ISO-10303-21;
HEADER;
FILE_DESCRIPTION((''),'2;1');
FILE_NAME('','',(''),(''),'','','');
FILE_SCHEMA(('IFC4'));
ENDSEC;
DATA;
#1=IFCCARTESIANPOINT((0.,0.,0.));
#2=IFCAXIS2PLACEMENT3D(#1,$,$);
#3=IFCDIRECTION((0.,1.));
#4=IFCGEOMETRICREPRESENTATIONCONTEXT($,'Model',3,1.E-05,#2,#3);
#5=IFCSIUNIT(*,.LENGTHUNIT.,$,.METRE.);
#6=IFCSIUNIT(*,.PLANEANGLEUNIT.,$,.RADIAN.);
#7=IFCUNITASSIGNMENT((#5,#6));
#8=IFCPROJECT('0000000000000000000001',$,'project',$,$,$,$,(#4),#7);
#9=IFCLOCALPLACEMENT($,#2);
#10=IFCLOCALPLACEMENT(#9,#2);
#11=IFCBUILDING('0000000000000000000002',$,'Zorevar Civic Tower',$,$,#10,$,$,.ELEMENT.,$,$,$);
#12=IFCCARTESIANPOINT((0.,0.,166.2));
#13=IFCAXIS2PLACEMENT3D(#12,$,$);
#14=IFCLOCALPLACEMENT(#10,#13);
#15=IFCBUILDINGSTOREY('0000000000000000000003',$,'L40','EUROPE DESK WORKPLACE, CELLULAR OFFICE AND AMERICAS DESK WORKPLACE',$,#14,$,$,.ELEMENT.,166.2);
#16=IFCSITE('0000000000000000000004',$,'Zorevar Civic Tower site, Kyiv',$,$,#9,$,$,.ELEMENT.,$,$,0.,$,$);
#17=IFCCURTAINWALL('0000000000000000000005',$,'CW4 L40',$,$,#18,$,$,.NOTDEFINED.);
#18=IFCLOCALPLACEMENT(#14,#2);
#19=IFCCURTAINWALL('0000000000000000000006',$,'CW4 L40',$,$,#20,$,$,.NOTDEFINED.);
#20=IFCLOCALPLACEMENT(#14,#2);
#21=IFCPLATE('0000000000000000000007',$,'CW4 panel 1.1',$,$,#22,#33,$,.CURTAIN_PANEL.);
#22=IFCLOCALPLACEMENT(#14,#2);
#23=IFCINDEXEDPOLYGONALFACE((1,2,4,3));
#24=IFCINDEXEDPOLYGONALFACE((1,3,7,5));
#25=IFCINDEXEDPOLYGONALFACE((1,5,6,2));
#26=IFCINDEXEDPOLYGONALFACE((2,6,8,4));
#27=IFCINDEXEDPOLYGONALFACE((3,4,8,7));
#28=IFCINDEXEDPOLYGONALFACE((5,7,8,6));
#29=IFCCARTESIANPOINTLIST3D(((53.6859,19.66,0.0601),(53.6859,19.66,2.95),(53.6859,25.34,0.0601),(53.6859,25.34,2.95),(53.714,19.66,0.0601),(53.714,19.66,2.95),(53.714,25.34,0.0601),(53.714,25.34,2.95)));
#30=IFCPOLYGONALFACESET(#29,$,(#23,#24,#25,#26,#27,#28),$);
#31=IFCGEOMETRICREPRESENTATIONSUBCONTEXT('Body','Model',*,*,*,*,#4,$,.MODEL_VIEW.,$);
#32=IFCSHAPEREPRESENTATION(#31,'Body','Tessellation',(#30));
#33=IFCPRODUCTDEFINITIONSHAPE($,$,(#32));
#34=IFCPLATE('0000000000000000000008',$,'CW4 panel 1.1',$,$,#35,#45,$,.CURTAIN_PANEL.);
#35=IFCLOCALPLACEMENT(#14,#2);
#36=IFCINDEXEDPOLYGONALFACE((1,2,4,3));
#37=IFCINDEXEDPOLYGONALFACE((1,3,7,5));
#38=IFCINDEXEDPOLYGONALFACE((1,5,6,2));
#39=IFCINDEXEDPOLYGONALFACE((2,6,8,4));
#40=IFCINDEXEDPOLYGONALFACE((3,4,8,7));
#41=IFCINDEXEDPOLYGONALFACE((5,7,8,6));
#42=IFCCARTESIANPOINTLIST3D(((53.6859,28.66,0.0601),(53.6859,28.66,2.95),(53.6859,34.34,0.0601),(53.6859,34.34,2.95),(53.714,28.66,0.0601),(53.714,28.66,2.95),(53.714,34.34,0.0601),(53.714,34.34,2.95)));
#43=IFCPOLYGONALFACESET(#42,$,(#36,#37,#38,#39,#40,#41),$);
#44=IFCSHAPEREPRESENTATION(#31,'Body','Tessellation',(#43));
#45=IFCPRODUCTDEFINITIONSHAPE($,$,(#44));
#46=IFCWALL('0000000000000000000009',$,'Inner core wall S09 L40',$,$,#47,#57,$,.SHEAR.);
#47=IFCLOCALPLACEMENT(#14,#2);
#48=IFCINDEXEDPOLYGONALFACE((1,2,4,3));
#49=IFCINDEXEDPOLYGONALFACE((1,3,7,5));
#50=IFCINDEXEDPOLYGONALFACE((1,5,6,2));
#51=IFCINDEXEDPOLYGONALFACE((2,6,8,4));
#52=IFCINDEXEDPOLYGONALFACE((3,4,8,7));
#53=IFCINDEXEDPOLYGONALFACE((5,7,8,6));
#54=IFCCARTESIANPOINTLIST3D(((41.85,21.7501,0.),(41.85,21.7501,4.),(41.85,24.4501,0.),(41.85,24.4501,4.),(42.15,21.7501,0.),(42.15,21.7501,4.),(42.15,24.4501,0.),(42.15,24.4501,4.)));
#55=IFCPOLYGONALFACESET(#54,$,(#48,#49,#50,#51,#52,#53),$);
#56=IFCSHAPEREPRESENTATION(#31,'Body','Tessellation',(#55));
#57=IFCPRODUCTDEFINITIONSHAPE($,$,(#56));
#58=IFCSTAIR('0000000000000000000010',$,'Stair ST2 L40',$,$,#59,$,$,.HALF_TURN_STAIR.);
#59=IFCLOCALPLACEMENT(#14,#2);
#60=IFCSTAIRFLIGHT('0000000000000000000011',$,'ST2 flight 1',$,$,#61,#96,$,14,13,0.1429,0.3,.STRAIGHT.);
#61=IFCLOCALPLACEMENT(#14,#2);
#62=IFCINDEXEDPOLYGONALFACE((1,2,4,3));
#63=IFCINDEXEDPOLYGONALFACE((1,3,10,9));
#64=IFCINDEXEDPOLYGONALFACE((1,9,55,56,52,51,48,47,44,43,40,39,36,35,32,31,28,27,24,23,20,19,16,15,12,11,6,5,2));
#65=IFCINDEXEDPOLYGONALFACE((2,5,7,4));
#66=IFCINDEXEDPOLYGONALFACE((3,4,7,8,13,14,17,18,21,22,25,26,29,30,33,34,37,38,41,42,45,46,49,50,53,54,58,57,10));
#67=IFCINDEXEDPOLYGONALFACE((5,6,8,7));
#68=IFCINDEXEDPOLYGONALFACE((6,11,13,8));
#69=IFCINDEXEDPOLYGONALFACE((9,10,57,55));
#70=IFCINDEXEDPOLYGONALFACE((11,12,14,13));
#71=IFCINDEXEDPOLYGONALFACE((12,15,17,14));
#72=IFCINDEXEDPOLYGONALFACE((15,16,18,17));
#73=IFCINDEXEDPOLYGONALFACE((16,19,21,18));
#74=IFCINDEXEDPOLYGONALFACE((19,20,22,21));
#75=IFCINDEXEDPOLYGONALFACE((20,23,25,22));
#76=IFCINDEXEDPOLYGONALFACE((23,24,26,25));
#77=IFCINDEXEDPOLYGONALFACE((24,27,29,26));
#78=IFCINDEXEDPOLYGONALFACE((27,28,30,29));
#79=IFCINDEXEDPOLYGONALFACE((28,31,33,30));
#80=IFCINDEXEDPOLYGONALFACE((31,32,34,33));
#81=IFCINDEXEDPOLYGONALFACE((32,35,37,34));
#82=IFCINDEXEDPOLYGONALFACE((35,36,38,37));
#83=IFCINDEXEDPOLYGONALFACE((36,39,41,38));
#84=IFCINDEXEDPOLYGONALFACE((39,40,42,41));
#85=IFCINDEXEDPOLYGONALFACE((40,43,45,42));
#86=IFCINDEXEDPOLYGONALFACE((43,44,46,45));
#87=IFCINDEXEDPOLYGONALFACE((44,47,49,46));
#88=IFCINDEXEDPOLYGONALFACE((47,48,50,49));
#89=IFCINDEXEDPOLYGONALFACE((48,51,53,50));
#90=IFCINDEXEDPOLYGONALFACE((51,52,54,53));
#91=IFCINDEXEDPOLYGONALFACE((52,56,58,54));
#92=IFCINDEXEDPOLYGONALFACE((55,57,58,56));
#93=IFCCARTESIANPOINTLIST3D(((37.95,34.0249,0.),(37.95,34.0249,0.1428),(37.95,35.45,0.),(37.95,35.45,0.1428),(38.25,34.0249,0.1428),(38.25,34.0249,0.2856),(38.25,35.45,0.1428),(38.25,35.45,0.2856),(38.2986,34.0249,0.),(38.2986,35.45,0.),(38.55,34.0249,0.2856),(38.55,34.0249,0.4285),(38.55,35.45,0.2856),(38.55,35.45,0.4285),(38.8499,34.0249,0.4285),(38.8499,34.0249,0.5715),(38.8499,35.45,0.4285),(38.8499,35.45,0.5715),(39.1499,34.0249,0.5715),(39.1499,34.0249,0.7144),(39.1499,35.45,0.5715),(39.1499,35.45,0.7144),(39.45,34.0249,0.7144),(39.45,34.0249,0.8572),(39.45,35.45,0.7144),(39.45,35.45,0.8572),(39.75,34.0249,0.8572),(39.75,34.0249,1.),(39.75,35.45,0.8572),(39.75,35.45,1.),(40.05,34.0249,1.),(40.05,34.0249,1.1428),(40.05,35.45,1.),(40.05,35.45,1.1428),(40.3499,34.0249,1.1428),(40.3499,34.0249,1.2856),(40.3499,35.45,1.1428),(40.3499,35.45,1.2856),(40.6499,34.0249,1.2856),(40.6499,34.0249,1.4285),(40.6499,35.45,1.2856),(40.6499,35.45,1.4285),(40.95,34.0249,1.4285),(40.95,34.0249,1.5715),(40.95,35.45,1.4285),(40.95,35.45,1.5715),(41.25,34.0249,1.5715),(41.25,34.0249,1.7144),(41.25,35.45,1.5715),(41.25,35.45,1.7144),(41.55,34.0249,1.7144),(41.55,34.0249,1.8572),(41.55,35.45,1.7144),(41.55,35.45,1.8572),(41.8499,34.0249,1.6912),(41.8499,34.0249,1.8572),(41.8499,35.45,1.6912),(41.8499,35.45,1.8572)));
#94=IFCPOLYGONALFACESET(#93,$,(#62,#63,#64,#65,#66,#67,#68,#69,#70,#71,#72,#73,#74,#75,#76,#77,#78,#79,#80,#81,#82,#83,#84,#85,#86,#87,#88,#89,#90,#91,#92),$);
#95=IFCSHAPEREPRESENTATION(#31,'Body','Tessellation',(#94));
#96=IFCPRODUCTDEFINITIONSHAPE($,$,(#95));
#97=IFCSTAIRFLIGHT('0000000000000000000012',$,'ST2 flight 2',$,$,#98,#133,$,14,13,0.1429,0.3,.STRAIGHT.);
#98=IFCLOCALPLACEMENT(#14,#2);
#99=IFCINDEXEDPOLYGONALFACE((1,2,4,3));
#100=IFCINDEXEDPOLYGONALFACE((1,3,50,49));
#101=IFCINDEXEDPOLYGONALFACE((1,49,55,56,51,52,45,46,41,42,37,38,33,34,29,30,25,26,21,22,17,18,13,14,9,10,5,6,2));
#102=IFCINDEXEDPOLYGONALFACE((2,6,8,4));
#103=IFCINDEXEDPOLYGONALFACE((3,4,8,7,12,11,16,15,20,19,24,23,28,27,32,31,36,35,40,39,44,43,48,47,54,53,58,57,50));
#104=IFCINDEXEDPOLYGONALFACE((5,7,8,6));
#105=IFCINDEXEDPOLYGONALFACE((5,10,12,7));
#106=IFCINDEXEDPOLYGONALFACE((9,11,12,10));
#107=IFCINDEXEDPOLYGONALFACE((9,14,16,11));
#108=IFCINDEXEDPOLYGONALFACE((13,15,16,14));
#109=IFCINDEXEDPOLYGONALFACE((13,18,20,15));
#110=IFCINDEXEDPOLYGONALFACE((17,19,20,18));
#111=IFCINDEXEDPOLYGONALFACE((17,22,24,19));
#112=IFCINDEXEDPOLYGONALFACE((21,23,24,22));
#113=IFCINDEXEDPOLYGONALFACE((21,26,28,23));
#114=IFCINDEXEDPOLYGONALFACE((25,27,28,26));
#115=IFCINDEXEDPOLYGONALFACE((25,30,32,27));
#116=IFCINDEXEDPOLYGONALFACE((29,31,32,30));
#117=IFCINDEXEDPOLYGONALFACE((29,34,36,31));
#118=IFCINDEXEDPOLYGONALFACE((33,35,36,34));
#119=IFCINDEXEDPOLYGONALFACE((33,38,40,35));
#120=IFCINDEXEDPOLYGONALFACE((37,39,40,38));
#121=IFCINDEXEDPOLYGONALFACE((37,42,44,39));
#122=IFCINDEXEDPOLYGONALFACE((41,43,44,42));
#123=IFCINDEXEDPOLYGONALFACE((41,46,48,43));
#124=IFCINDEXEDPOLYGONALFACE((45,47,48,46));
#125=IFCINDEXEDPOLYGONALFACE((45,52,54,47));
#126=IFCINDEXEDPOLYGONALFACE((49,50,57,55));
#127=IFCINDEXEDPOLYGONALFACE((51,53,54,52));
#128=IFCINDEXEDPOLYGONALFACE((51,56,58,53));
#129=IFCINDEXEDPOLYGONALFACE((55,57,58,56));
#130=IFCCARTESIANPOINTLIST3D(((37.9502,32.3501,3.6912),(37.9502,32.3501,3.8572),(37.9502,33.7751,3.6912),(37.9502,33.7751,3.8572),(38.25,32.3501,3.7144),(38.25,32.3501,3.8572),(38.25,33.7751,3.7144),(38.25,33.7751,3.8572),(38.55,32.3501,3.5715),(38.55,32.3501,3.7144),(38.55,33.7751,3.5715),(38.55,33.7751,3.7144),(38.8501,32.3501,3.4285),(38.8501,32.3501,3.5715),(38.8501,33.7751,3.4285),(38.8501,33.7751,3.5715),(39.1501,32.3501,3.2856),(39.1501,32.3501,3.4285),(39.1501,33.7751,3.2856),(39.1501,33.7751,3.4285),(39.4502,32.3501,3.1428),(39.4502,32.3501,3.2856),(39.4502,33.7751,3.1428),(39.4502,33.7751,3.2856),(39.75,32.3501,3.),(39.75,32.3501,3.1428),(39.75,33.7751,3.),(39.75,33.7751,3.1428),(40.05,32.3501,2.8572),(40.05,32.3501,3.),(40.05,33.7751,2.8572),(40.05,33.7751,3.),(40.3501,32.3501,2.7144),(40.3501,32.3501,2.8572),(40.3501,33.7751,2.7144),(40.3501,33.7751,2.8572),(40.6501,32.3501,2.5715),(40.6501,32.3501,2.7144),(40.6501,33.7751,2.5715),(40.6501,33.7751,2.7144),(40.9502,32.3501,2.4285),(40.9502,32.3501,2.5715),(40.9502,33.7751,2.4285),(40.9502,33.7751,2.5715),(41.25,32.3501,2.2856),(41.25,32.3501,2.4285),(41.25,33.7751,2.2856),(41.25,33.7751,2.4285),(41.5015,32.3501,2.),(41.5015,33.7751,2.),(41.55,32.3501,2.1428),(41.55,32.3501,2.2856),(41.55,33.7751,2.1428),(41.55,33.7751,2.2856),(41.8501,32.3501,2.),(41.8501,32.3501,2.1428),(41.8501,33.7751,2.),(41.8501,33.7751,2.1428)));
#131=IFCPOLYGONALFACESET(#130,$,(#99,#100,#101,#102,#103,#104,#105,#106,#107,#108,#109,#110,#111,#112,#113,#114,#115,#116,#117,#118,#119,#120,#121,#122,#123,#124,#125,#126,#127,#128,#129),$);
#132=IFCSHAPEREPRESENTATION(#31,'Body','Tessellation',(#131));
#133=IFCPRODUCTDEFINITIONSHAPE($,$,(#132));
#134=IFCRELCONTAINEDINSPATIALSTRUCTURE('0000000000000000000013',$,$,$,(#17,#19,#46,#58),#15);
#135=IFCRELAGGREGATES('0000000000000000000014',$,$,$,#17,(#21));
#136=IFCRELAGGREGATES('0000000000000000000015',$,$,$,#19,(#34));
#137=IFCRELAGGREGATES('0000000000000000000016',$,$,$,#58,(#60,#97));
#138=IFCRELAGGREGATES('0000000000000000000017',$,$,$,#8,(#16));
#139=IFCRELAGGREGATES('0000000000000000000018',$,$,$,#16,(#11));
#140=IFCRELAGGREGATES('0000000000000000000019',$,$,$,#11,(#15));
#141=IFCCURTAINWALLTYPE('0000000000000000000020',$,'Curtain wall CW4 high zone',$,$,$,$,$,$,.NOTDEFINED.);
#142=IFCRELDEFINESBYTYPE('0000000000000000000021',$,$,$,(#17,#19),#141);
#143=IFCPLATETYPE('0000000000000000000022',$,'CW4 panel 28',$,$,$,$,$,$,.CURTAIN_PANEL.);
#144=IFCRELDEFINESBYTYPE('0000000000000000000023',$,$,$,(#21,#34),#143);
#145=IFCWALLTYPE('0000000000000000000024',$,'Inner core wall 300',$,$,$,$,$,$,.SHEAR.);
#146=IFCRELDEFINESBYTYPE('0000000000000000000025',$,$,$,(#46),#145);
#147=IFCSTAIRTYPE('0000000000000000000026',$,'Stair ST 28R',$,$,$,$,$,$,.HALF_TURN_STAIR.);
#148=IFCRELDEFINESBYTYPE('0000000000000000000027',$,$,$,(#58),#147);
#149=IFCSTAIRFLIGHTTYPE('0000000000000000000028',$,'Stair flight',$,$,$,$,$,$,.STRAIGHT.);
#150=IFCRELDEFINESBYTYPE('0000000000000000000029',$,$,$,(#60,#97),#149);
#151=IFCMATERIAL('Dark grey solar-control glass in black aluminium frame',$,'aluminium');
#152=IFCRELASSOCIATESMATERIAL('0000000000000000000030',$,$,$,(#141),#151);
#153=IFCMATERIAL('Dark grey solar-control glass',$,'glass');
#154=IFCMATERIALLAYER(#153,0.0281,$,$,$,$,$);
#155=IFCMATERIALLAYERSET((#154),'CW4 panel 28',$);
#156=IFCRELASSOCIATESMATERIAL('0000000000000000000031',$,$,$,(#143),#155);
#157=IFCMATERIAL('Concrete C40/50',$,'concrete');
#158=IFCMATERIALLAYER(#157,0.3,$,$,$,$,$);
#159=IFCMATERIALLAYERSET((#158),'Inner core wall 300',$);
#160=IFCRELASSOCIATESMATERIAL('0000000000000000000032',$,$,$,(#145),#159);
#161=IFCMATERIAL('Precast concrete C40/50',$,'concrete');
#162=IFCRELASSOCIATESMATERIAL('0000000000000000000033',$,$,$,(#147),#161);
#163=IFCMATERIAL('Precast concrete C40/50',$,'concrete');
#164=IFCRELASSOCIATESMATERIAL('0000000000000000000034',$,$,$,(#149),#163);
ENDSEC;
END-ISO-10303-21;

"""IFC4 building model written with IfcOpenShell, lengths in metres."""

from ifc_helpers import new_model, si_unit, direction, frame, frame_2d, origin, origin_2d, place, context, subcontext, project, spatial, polyline, rectangle, outline, extrude, material, layer, layer_set, type_object, element, aggregate, save


model = new_model("IFC4")

# Units and contexts
model_context = context("Model", 3, precision=1e-05, world=origin(), true_north=direction((0.0, 1.0)))
body_context = subcontext(model_context, "Body", "Model", "MODEL_VIEW")
ifc_project = project(units=[si_unit("LENGTHUNIT", "METRE"), si_unit("PLANEANGLEUNIT", "RADIAN")], contexts=[model_context])

# Site, building, storey
site_placement = place(None, origin())
site = spatial("IfcSite", under=ifc_project, at=site_placement, Name="Zorevar Civic Tower site, Kyiv", CompositionType="ELEMENT", RefElevation=0.0)
building_placement = place(site_placement, origin())
building = spatial("IfcBuilding", under=site, at=building_placement, Name="Zorevar Civic Tower", CompositionType="ELEMENT")
storey_placement = place(building_placement, frame((0.0, 0.0, 166.2)))
storey = spatial("IfcBuildingStorey", under=building, at=storey_placement, Name="L40", Description="EUROPE DESK WORKPLACE, CELLULAR OFFICE AND AMERICAS DESK WORKPLACE", CompositionType="ELEMENT", Elevation=166.2)

# Curtain wall
ifc_material_1 = material(Name="Dark grey solar-control glass in black aluminium frame", Category="aluminium")
curtain_wall_type = type_object("IfcCurtainWallType", Name="Curtain wall CW4 high zone", PredefinedType="NOTDEFINED", material=ifc_material_1)
curtain_wall_1_placement = place(storey_placement, origin())
curtain_wall_1 = element("IfcCurtainWall", 1, at=curtain_wall_1_placement, inside=storey, type_object=curtain_wall_type, Name="CW4 L40", PredefinedType="NOTDEFINED")

# Curtain wall
curtain_wall_2_placement = place(storey_placement, origin())
curtain_wall_2 = element("IfcCurtainWall", 2, at=curtain_wall_2_placement, inside=storey, type_object=curtain_wall_type, Name="CW4 L40", PredefinedType="NOTDEFINED")

# Plates
ifc_material_2 = material(Name="Dark grey solar-control glass", Category="glass")
ifc_layer_1 = layer(ifc_material_2, 0.0281)
ifc_layer_set_1 = layer_set([ifc_layer_1], Name="CW4 panel 28")
plate_type = type_object("IfcPlateType", Name="CW4 panel 28", PredefinedType="CURTAIN_PANEL", material=ifc_layer_set_1)
plate_1_placement = place(storey_placement, frame((53.7, 22.5, 0.0601), z_axis=(0.0, 0.0, 1.0), x_axis=(0.0, 1.0, 0.0)))
plate_1 = element("IfcPlate", 3, at=plate_1_placement, type_object=plate_type, Name="CW4 panel 1.1", PredefinedType="CURTAIN_PANEL", context=body_context, shape_type="SweptSolid", body=[
    extrude(rectangle(XDim=5.6799, YDim=0.0281, at=origin_2d()), origin(), (0.0, 0.0, 1.0), 2.8899),
])
aggregate(curtain_wall_1, [plate_1])
plate_2_placement = place(storey_placement, frame((53.7, 31.5, 0.0601), z_axis=(0.0, 0.0, 1.0), x_axis=(0.0, 1.0, 0.0)))
plate_2 = element("IfcPlate", 4, at=plate_2_placement, type_object=plate_type, Name="CW4 panel 1.1", PredefinedType="CURTAIN_PANEL", context=body_context, shape_type="SweptSolid", body=[
    extrude(rectangle(XDim=5.6799, YDim=0.0281, at=origin_2d()), origin(), (0.0, 0.0, 1.0), 2.8899),
])
aggregate(curtain_wall_2, [plate_2])

# Shared definitions
ifc_material_3 = material(Name="Concrete C40/50", Category="concrete")
ifc_layer_2 = layer(ifc_material_3, 0.3)
ifc_layer_set_2 = layer_set([ifc_layer_2], Name="Inner core wall 300")
wall_type_1 = type_object("IfcWallType", Name="Inner core wall 300", PredefinedType="SHEAR", material=ifc_layer_set_2)

# Wall
wall_1_placement = place(storey_placement, frame((42.0, 21.75, 0.0), z_axis=(0.0, 0.0, 1.0), x_axis=(0.0, 1.0, 0.0)))
element("IfcWall", 5, at=wall_1_placement, inside=storey, type_object=wall_type_1, Name="Inner core wall S09 L40", PredefinedType="SHEAR", context=body_context, shape_type="SweptSolid", body=[
    extrude(rectangle(XDim=2.7, YDim=0.3, at=frame_2d((1.3501, 0.0))), origin(), (0.0, 0.0, 1.0), 4.0),
])

# Stair, stair flights
ifc_material_4 = material(Name="Precast concrete C40/50", Category="concrete")
stair_type = type_object("IfcStairType", Name="Stair ST 28R", PredefinedType="HALF_TURN_STAIR", material=ifc_material_4)
stair_placement = place(storey_placement, origin())
stair = element("IfcStair", 6, at=stair_placement, inside=storey, type_object=stair_type, Name="Stair ST2 L40", PredefinedType="HALF_TURN_STAIR")
ifc_material_5 = material(Name="Precast concrete C40/50", Category="concrete")
stair_flight_type = type_object("IfcStairFlightType", Name="Stair flight", PredefinedType="STRAIGHT", material=ifc_material_5)
stair_flight_1_placement = place(storey_placement, frame((37.95, 34.7375, 0.0), z_axis=(0.0, 0.0, 1.0), x_axis=(1.0, 0.0, 0.0)))
stair_flight_1 = element("IfcStairFlight", 7, at=stair_flight_1_placement, type_object=stair_flight_type, Name="ST2 flight 1", NumberOfRisers=14, NumberOfTreads=13, PredefinedType="STRAIGHT", RiserHeight=0.1429, TreadLength=0.3, context=body_context, shape_type="SweptSolid", body=[
    extrude(outline(polyline([(0.0, 0.0), (0.0, 0.1428), (0.3, 0.1428), (0.3, 0.2856), (0.6001, 0.2856), (0.6001, 0.4285), (0.8999, 0.4285), (0.8999, 0.5715), (1.2, 0.5715), (1.2, 0.7144), (1.5, 0.7144), (1.5, 0.8572), (1.8, 0.8572), (1.8, 1.0), (2.1001, 1.0), (2.1001, 1.1428), (2.3999, 1.1428), (2.3999, 1.2856), (2.7, 1.2856), (2.7, 1.4285), (3.0, 1.4285), (3.0, 1.5715), (3.3, 1.5715), (3.3, 1.7144), (3.6001, 1.7144), (3.6001, 1.8572), (3.8999, 1.8572), (3.8999, 2.0), (3.8999, 1.6912), (0.3486, 0.0), (0.0, 0.0)])), frame((0.0, 0.7124, 0.0), z_axis=(0.0, -1.0, 0.0), x_axis=(1.0, 0.0, 0.0)), (0.0, 0.0, 1.0), 1.425),
])
stair_flight_2_placement = place(storey_placement, frame((41.8501, 33.0625, 2.0), z_axis=(0.0, 0.0, 1.0), x_axis=(-1.0, 0.0, 0.0)))
stair_flight_2 = element("IfcStairFlight", 8, at=stair_flight_2_placement, type_object=stair_flight_type, Name="ST2 flight 2", NumberOfRisers=14, NumberOfTreads=13, PredefinedType="STRAIGHT", RiserHeight=0.1429, TreadLength=0.3, context=body_context, shape_type="SweptSolid", body=[
    extrude(outline(polyline([(0.0, 0.0), (0.0, 0.1428), (0.3, 0.1428), (0.3, 0.2856), (0.6001, 0.2856), (0.6001, 0.4285), (0.8999, 0.4285), (0.8999, 0.5715), (1.2, 0.5715), (1.2, 0.7144), (1.5, 0.7144), (1.5, 0.8572), (1.8, 0.8572), (1.8, 1.0), (2.1001, 1.0), (2.1001, 1.1428), (2.3999, 1.1428), (2.3999, 1.2856), (2.7, 1.2856), (2.7, 1.4285), (3.0, 1.4285), (3.0, 1.5715), (3.3, 1.5715), (3.3, 1.7144), (3.6001, 1.7144), (3.6001, 1.8572), (3.8999, 1.8572), (3.8999, 2.0), (3.8999, 1.6912), (0.3486, 0.0), (0.0, 0.0)])), frame((0.0, 0.7124, 0.0), z_axis=(0.0, -1.0, 0.0), x_axis=(1.0, 0.0, 0.0)), (0.0, 0.0, 1.0), 1.425),
])
aggregate(stair, [stair_flight_1, stair_flight_2])

save(model, "model.ifc")
